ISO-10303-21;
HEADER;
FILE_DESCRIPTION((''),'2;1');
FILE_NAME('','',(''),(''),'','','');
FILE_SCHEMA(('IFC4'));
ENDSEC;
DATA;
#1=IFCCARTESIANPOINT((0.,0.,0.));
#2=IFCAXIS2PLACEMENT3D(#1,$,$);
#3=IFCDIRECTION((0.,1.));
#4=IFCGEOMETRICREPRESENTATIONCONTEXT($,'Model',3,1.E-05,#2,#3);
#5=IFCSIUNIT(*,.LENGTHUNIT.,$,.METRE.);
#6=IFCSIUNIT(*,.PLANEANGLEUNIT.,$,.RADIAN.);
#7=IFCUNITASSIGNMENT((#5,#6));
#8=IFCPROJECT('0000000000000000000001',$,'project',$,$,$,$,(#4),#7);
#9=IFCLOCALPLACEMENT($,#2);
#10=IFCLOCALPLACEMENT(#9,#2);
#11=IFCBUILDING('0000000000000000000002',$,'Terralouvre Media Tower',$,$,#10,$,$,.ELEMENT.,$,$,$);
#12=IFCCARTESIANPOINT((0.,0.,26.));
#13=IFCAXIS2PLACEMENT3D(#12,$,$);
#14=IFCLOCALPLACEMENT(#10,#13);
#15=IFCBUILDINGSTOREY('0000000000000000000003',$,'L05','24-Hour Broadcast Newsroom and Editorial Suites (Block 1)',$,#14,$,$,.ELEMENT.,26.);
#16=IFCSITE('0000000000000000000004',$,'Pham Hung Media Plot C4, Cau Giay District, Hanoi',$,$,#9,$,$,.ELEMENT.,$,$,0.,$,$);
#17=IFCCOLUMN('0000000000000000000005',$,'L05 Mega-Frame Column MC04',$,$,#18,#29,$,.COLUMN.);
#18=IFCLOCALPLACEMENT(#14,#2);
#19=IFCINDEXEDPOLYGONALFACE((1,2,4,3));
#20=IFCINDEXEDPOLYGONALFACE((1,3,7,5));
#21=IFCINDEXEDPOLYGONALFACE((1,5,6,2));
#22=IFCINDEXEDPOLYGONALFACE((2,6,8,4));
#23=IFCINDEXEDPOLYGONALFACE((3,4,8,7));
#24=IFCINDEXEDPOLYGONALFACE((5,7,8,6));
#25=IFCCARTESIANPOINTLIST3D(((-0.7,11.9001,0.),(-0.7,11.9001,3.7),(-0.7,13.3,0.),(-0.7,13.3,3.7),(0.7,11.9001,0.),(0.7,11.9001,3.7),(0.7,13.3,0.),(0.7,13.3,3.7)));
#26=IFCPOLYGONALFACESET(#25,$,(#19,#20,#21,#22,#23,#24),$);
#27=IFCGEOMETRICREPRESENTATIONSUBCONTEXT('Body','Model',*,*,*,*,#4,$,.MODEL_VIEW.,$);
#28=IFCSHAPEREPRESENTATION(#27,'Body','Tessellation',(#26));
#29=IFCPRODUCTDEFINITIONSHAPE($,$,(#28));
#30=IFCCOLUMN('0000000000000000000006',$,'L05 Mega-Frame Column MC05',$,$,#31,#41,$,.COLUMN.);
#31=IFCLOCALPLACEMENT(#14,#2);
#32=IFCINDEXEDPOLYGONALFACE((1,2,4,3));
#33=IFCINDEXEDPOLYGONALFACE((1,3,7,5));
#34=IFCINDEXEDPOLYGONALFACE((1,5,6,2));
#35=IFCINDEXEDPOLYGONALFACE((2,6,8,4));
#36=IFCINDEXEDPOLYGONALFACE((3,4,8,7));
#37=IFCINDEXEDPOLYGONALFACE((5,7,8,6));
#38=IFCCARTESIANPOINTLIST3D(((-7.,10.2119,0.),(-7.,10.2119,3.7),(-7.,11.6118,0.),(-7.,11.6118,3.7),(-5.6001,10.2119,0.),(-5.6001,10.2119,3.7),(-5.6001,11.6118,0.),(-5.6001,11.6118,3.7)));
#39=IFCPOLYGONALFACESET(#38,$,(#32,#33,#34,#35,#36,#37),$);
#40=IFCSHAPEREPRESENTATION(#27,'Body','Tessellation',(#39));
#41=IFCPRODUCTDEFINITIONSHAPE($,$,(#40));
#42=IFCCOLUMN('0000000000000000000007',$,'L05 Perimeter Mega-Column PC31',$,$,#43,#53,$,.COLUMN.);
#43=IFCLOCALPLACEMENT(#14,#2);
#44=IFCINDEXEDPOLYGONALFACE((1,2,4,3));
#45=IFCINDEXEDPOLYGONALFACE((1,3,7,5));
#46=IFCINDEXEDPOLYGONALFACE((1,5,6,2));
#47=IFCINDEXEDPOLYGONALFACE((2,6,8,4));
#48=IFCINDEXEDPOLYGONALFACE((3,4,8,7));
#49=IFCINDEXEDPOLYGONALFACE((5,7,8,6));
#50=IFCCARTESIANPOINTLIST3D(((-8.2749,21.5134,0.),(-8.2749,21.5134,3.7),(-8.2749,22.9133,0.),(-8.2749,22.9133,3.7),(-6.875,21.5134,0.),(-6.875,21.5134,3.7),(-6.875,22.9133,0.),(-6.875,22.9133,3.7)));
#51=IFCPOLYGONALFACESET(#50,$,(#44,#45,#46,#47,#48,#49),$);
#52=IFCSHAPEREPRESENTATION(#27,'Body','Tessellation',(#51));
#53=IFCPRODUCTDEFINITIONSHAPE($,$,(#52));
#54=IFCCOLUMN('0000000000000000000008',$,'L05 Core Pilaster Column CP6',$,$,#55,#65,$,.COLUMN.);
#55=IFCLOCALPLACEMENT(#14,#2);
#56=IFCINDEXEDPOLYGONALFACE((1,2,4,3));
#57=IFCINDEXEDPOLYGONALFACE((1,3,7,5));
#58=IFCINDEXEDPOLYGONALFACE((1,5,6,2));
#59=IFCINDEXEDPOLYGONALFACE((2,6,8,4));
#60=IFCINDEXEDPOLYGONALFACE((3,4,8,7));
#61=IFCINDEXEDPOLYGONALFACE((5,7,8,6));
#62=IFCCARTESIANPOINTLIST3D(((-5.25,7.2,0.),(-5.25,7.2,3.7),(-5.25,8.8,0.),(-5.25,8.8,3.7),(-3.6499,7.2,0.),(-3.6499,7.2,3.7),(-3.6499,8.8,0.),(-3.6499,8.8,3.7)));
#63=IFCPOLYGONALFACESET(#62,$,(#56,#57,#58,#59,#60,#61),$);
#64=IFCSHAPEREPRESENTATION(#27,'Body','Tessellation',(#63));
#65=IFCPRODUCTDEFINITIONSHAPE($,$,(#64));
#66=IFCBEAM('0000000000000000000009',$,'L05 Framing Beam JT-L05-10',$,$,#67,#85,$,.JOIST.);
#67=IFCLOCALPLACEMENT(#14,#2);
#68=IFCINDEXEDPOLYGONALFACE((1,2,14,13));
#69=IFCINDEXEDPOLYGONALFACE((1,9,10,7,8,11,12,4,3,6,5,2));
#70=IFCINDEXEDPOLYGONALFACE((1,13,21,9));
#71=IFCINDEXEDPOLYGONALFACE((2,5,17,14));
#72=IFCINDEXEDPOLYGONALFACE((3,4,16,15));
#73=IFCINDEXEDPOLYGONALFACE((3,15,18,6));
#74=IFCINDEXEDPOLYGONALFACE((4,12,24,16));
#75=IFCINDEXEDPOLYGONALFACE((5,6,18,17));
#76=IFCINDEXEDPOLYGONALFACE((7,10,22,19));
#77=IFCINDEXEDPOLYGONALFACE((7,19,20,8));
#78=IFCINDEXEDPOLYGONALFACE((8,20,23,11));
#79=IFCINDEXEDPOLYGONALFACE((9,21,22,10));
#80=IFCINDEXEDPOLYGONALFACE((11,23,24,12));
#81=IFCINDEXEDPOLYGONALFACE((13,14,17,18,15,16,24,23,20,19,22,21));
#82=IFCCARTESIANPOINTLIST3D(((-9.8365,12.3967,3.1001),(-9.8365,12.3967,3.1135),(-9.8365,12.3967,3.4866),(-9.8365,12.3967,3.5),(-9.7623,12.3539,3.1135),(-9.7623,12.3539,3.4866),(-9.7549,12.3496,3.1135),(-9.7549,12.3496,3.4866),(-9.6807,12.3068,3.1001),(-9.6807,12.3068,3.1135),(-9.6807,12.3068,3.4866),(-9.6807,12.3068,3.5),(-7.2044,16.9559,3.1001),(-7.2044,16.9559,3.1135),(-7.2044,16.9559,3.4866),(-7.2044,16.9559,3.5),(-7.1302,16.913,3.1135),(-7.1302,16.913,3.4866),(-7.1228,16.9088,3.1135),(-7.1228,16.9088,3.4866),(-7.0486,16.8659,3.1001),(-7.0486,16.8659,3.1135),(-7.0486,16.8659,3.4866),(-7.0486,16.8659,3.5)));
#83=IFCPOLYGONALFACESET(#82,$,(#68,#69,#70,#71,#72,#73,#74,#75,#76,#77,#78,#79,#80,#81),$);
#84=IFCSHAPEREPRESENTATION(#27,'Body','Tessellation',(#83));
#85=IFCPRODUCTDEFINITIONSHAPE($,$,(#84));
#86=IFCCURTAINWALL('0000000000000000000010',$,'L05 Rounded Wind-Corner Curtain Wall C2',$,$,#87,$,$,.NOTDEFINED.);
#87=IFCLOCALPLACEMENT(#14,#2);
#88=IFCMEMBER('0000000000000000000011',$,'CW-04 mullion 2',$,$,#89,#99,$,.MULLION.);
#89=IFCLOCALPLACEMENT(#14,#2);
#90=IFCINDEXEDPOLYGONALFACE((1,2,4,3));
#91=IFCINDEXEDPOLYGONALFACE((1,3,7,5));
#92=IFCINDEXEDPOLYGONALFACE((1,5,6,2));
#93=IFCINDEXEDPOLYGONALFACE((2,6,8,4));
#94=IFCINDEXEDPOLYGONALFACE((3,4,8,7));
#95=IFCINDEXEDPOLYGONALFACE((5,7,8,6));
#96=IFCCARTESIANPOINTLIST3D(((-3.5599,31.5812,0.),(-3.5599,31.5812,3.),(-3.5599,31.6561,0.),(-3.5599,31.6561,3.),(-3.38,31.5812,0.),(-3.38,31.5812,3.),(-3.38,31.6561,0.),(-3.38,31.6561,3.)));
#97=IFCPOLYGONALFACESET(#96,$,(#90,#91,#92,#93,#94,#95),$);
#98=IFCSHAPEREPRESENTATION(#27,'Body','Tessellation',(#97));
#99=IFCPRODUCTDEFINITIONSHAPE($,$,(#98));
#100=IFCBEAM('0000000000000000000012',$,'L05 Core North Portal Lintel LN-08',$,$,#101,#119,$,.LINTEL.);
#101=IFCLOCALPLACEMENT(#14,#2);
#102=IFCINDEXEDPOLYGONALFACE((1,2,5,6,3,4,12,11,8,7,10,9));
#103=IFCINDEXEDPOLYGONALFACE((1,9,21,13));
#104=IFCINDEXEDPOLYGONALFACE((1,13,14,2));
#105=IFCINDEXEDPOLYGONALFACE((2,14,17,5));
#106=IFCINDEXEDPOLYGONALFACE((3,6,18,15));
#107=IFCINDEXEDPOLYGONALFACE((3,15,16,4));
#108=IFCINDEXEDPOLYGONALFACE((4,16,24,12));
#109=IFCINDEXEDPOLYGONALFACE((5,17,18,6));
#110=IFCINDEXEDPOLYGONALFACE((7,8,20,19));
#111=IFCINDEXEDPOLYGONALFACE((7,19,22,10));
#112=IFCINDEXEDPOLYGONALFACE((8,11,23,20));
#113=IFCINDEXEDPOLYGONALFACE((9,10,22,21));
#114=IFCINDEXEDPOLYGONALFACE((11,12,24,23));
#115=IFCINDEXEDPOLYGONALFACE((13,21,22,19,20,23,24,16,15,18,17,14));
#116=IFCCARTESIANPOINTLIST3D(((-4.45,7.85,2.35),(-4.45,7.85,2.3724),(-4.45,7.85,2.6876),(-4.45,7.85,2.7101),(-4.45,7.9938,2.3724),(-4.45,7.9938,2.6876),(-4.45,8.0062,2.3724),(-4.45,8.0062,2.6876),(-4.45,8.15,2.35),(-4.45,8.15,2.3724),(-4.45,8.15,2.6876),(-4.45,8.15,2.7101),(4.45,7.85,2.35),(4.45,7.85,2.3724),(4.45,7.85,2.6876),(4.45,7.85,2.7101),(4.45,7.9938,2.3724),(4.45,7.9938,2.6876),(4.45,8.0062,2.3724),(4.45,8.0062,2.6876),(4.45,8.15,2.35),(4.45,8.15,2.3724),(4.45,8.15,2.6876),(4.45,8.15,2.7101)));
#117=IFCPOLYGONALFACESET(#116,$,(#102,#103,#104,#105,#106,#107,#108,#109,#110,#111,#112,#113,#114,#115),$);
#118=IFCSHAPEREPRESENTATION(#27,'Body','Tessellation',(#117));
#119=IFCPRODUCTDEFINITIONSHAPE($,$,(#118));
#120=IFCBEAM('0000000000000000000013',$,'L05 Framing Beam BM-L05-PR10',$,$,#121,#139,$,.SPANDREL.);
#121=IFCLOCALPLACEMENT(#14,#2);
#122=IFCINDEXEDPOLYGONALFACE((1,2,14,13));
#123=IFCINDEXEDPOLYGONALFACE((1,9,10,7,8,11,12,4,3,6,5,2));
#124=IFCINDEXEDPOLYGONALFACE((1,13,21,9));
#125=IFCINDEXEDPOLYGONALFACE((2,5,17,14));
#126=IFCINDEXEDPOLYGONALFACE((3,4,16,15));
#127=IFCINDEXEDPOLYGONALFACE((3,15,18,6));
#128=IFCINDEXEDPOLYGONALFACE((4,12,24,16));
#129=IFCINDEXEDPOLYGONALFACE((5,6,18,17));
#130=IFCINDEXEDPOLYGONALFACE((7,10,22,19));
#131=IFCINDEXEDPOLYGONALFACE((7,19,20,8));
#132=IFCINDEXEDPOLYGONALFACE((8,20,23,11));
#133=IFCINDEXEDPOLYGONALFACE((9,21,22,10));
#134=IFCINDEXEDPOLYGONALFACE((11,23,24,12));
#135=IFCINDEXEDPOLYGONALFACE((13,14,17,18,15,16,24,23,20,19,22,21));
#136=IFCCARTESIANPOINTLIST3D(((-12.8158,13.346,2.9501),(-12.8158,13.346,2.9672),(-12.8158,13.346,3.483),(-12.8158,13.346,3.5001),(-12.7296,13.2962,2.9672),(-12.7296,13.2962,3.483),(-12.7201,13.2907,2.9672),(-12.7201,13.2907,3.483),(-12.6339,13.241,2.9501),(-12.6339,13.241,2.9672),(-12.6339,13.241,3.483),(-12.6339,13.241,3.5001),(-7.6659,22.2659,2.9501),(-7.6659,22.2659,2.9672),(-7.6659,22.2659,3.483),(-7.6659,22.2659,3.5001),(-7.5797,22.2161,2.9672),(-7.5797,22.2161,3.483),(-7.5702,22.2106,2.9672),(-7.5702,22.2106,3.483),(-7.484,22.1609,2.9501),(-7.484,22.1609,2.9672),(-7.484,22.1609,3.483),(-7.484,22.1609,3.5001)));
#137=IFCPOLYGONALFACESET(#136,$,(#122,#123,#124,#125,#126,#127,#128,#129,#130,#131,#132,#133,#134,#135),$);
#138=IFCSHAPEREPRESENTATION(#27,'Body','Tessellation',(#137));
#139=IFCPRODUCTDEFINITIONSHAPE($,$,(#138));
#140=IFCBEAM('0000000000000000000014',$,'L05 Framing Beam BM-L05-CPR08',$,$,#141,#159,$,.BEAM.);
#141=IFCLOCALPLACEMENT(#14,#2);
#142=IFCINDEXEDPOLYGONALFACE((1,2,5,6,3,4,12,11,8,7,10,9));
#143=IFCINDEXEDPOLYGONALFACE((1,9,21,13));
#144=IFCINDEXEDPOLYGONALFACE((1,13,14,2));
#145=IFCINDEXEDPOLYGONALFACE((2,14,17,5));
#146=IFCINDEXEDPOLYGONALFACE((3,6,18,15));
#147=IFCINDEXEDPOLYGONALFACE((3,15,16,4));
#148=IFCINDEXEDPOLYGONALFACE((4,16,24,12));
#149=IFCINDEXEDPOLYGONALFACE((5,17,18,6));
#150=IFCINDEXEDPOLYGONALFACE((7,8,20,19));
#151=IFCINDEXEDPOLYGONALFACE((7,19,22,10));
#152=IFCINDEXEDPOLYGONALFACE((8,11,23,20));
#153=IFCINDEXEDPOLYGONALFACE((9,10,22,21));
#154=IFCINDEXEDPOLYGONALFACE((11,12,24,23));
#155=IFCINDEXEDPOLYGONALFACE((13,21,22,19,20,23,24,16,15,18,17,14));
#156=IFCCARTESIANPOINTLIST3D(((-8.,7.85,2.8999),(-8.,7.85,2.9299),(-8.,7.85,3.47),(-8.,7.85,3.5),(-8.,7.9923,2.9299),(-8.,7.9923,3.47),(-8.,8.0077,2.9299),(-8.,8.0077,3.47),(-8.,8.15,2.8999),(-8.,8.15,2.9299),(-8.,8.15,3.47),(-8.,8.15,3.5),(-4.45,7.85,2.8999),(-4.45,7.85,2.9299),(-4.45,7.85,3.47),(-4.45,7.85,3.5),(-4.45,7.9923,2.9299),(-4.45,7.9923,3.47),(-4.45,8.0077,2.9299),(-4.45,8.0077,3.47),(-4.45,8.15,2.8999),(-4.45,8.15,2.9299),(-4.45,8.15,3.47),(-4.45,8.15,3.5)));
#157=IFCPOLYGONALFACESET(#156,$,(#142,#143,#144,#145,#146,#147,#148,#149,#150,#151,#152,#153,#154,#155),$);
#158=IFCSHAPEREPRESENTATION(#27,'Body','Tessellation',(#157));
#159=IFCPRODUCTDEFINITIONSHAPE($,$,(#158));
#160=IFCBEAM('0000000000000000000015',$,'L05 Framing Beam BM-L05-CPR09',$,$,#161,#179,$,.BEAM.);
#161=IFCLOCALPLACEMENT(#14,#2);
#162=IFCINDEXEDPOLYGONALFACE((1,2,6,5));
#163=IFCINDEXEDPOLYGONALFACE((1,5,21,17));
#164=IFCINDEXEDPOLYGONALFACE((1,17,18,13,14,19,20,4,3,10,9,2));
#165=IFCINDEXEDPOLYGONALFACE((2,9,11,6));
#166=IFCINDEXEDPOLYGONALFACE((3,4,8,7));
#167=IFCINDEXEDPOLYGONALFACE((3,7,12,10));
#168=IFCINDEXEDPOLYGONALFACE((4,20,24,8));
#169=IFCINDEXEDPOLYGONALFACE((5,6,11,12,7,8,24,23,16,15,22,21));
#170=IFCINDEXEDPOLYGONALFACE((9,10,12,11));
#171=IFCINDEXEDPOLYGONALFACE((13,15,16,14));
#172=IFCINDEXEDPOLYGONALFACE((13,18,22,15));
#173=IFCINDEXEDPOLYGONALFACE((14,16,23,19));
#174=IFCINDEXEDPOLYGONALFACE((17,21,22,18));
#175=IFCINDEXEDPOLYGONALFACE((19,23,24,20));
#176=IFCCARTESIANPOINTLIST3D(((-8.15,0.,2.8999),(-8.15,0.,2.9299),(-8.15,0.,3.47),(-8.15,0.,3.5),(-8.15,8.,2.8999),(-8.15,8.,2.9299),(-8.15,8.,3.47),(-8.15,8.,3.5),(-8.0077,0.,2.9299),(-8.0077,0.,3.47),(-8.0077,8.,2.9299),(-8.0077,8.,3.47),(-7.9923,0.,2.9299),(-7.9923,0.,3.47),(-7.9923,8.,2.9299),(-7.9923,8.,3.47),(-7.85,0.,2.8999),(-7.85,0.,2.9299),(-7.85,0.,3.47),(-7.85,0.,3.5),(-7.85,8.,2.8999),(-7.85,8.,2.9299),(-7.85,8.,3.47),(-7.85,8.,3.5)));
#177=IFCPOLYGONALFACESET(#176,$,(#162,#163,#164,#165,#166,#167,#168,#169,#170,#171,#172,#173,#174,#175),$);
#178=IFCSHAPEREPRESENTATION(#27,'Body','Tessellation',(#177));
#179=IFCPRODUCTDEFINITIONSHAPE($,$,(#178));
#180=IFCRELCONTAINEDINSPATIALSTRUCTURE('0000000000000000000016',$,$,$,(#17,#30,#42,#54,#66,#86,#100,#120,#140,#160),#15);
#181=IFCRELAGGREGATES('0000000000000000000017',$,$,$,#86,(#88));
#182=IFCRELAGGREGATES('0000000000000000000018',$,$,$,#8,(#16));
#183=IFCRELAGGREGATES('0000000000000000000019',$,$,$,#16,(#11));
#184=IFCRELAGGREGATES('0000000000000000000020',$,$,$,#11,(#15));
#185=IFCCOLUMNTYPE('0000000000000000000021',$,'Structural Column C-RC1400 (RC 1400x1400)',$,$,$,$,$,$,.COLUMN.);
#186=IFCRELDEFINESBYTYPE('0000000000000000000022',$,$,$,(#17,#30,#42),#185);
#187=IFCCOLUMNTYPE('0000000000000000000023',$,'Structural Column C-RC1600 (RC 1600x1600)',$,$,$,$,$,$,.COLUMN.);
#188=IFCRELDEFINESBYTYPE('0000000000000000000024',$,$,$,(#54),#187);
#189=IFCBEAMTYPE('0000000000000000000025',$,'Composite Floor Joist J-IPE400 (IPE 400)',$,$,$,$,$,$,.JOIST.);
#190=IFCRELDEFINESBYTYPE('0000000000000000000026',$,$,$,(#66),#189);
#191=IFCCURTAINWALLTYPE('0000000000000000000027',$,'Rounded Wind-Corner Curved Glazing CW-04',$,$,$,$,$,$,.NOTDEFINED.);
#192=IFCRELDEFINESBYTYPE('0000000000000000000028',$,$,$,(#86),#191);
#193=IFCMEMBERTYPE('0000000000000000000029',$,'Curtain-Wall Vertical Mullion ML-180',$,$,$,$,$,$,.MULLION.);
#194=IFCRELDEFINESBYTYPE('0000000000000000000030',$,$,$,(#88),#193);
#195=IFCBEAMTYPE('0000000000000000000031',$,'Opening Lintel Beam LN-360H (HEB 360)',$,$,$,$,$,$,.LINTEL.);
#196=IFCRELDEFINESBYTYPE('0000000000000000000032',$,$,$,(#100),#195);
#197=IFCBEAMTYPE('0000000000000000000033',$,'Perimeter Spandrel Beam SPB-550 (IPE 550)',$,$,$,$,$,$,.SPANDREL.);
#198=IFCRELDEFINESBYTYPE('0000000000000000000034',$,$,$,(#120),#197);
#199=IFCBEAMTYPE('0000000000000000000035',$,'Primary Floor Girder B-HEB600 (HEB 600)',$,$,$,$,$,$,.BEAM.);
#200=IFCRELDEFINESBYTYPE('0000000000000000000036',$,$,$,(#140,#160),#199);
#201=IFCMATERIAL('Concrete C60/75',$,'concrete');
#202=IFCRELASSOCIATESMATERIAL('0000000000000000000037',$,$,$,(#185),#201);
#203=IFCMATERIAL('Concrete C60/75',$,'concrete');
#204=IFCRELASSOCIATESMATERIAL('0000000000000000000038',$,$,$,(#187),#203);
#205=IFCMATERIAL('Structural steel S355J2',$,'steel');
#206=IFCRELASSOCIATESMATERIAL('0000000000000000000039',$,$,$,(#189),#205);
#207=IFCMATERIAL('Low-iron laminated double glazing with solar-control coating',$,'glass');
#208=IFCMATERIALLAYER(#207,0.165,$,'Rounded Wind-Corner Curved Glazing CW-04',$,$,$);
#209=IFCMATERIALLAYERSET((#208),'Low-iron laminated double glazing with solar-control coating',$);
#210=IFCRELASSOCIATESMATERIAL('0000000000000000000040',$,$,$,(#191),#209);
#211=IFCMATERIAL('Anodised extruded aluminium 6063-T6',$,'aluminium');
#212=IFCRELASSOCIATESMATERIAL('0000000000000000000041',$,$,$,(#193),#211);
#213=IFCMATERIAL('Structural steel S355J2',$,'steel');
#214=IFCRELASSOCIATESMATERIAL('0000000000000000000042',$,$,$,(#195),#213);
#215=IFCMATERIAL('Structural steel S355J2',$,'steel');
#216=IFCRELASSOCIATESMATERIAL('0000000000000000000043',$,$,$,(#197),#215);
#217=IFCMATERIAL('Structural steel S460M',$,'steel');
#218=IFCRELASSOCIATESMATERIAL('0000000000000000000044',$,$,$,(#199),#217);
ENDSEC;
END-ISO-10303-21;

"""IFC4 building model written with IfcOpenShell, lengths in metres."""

from ifc_helpers import new_model, si_unit, direction, frame, origin, origin_2d, place, context, subcontext, project, spatial, rectangle, i_section, extrude, material, layer, layer_set, material_profile, profile_set, type_object, element, aggregate, save


model = new_model("IFC4")

# Units and contexts
model_context = context("Model", 3, precision=1e-05, world=origin(), true_north=direction((0.0, 1.0)))
body_context = subcontext(model_context, "Body", "Model", "MODEL_VIEW")
ifc_project = project(units=[si_unit("LENGTHUNIT", "METRE"), si_unit("PLANEANGLEUNIT", "RADIAN")], contexts=[model_context])

# Site, building, storey
site_placement = place(None, origin())
site = spatial("IfcSite", under=ifc_project, at=site_placement, Name="Pham Hung Media Plot C4, Cau Giay District, Hanoi", CompositionType="ELEMENT", RefElevation=0.0)
building_placement = place(site_placement, origin())
building = spatial("IfcBuilding", under=site, at=building_placement, Name="Terralouvre Media Tower", CompositionType="ELEMENT")
storey_placement = place(building_placement, frame((0.0, 0.0, 26.0)))
storey = spatial("IfcBuildingStorey", under=building, at=storey_placement, Name="L05", Description="24-Hour Broadcast Newsroom and Editorial Suites (Block 1)", CompositionType="ELEMENT", Elevation=26.0)

# Columns
ifc_material_1 = material(Name="Concrete C60/75", Category="concrete")
ifc_material_profile_1 = material_profile(ifc_material_1, rectangle(XDim=1.3999, YDim=1.3999, at=origin_2d()), Name="RC 1400x1400")
ifc_profile_set_1 = profile_set([ifc_material_profile_1], Name="Concrete C60/75")
column_type_1 = type_object("IfcColumnType", Name="Structural Column C-RC1400 (RC 1400x1400)", PredefinedType="COLUMN", material=ifc_profile_set_1)
for number, where, z_axis, x_axis, name in (
    (1, (0.0, 12.6001, 0.0), (0.0, 0.0, 1.0), (1.0, 0.0, 0.0), "L05 Mega-Frame Column MC04"),
    (2, (-6.3, 10.9119, 0.0), (0.0, 0.0, 1.0), (1.0, 0.0, 0.0), "L05 Mega-Frame Column MC05"),
    (3, (-7.575, 22.2134, 0.0), (0.0, 0.0, 1.0), (1.0, 0.0, 0.0), "L05 Perimeter Mega-Column PC31"),
):
    element("IfcColumn", number, at=place(storey_placement, frame(where, z_axis=z_axis, x_axis=x_axis)), inside=storey, type_object=column_type_1, Name=name, PredefinedType="COLUMN", context=body_context, shape_type="SweptSolid", body=[
        extrude(rectangle(XDim=1.3999, YDim=1.3999, at=origin_2d()), origin(), (0.0, 0.0, 1.0), 3.7),
    ])
ifc_material_2 = material(Name="Concrete C60/75", Category="concrete")
ifc_material_profile_2 = material_profile(ifc_material_2, rectangle(XDim=1.6001, YDim=1.6001, at=origin_2d()), Name="RC 1600x1600")
ifc_profile_set_2 = profile_set([ifc_material_profile_2], Name="Concrete C60/75")
column_type_2 = type_object("IfcColumnType", Name="Structural Column C-RC1600 (RC 1600x1600)", PredefinedType="COLUMN", material=ifc_profile_set_2)
column_placement = place(storey_placement, frame((-4.45, 8.0, 0.0), z_axis=(0.0, 0.0, 1.0), x_axis=(1.0, 0.0, 0.0)))
element("IfcColumn", 4, at=column_placement, inside=storey, type_object=column_type_2, Name="L05 Core Pilaster Column CP6", PredefinedType="COLUMN", context=body_context, shape_type="SweptSolid", body=[
    extrude(rectangle(XDim=1.6001, YDim=1.6001, at=origin_2d()), origin(), (0.0, 0.0, 1.0), 3.7),
])

# Beam
ifc_material_3 = material(Name="Structural steel S355J2", Category="steel")
ifc_material_profile_3 = material_profile(ifc_material_3, i_section(OverallWidth=0.1799, OverallDepth=0.3999, WebThickness=0.0085, FlangeThickness=0.0134, at=origin_2d()), Name="IPE 400")
ifc_profile_set_3 = profile_set([ifc_material_profile_3], Name="Structural steel S355J2")
beam_type_1 = type_object("IfcBeamType", Name="Composite Floor Joist J-IPE400 (IPE 400)", PredefinedType="JOIST", material=ifc_profile_set_3)
beam_1_placement = place(storey_placement, frame((-7.1265, 16.9109, 3.3), z_axis=(-0.499985, -0.866034, 0.0), x_axis=(0.866034, -0.499985, 0.0)))
element("IfcBeam", 5, at=beam_1_placement, inside=storey, type_object=beam_type_1, Name="L05 Framing Beam JT-L05-10", PredefinedType="JOIST", context=body_context, shape_type="SweptSolid", body=[
    extrude(i_section(OverallWidth=0.1799, OverallDepth=0.3999, WebThickness=0.0085, FlangeThickness=0.0134, at=origin_2d()), origin(), (0.0, 0.0, 1.0), 5.2644),
])

# Curtain wall, member
ifc_material_4 = material(Name="Low-iron laminated double glazing with solar-control coating", Category="glass")
ifc_layer_1 = layer(ifc_material_4, 0.165, Name="Rounded Wind-Corner Curved Glazing CW-04")
ifc_layer_set_1 = layer_set([ifc_layer_1], Name="Low-iron laminated double glazing with solar-control coating")
curtain_wall_type = type_object("IfcCurtainWallType", Name="Rounded Wind-Corner Curved Glazing CW-04", PredefinedType="NOTDEFINED", material=ifc_layer_set_1)
curtain_wall_placement = place(storey_placement, origin())
curtain_wall = element("IfcCurtainWall", 6, at=curtain_wall_placement, inside=storey, type_object=curtain_wall_type, Name="L05 Rounded Wind-Corner Curtain Wall C2", PredefinedType="NOTDEFINED")
ifc_material_5 = material(Name="Anodised extruded aluminium 6063-T6", Category="aluminium")
ifc_material_profile_4 = material_profile(ifc_material_5, rectangle(XDim=0.075, YDim=0.1799, at=origin_2d()), Name="ALU 75x180")
ifc_profile_set_4 = profile_set([ifc_material_profile_4], Name="Anodised extruded aluminium 6063-T6")
member_type = type_object("IfcMemberType", Name="Curtain-Wall Vertical Mullion ML-180", PredefinedType="MULLION", material=ifc_profile_set_4)
member_placement = place(storey_placement, frame((-3.47, 31.6187, 0.0), z_axis=(0.0, 0.0, 1.0), x_axis=(0.0, -1.0, 0.0)))
member = element("IfcMember", 7, at=member_placement, type_object=member_type, Name="CW-04 mullion 2", PredefinedType="MULLION", context=body_context, shape_type="SweptSolid", body=[
    extrude(rectangle(XDim=0.075, YDim=0.1799, at=origin_2d()), origin(), (0.0, 0.0, 1.0), 3.0),
])

# Beams
ifc_material_6 = material(Name="Structural steel S355J2", Category="steel")
ifc_material_profile_5 = material_profile(ifc_material_6, i_section(OverallWidth=0.3, OverallDepth=0.3601, WebThickness=0.0125, FlangeThickness=0.0225, at=origin_2d()), Name="HEB 360")
ifc_profile_set_5 = profile_set([ifc_material_profile_5], Name="Structural steel S355J2")
beam_type_2 = type_object("IfcBeamType", Name="Opening Lintel Beam LN-360H (HEB 360)", PredefinedType="LINTEL", material=ifc_profile_set_5)
beam_2_placement = place(storey_placement, frame((-4.45, 8.0, 2.53), z_axis=(1.0, 0.0, 0.0), x_axis=(0.0, 1.0, 0.0)))
element("IfcBeam", 8, at=beam_2_placement, inside=storey, type_object=beam_type_2, Name="L05 Core North Portal Lintel LN-08", PredefinedType="LINTEL", context=body_context, shape_type="SweptSolid", body=[
    extrude(i_section(OverallWidth=0.3, OverallDepth=0.3601, WebThickness=0.0125, FlangeThickness=0.0225, at=origin_2d()), origin(), (0.0, 0.0, 1.0), 8.8999),
])
ifc_material_7 = material(Name="Structural steel S355J2", Category="steel")
ifc_material_profile_6 = material_profile(ifc_material_7, i_section(OverallWidth=0.21, OverallDepth=0.55, WebThickness=0.011, FlangeThickness=0.0171, at=origin_2d()), Name="IPE 550")
ifc_profile_set_6 = profile_set([ifc_material_profile_6], Name="Structural steel S355J2")
beam_type_3 = type_object("IfcBeamType", Name="Perimeter Spandrel Beam SPB-550 (IPE 550)", PredefinedType="SPANDREL", material=ifc_profile_set_6)
beam_3_placement = place(storey_placement, frame((-7.575, 22.2134, 3.2251), z_axis=(-0.499999, -0.866026, 0.0), x_axis=(0.866026, -0.499999, 0.0)))
element("IfcBeam", 9, at=beam_3_placement, inside=storey, type_object=beam_type_3, Name="L05 Framing Beam BM-L05-PR10", PredefinedType="SPANDREL", context=body_context, shape_type="SweptSolid", body=[
    extrude(i_section(OverallWidth=0.21, OverallDepth=0.55, WebThickness=0.011, FlangeThickness=0.0171, at=origin_2d()), origin(), (0.0, 0.0, 1.0), 10.2998),
])
ifc_material_8 = material(Name="Structural steel S460M", Category="steel")
ifc_material_profile_7 = material_profile(ifc_material_8, i_section(OverallWidth=0.3, OverallDepth=0.6001, WebThickness=0.0154, FlangeThickness=0.03, at=origin_2d()), Name="HEB 600")
ifc_profile_set_7 = profile_set([ifc_material_profile_7], Name="Structural steel S460M")
beam_type_4 = type_object("IfcBeamType", Name="Primary Floor Girder B-HEB600 (HEB 600)", PredefinedType="BEAM", material=ifc_profile_set_7)
beam_4_placement = place(storey_placement, frame((-4.45, 8.0, 3.2), z_axis=(-1.0, 0.0, 0.0), x_axis=(0.0, -1.0, 0.0)))
element("IfcBeam", 10, at=beam_4_placement, inside=storey, type_object=beam_type_4, Name="L05 Framing Beam BM-L05-CPR08", PredefinedType="BEAM", context=body_context, shape_type="SweptSolid", body=[
    extrude(i_section(OverallWidth=0.3, OverallDepth=0.6001, WebThickness=0.0154, FlangeThickness=0.03, at=origin_2d()), origin(), (0.0, 0.0, 1.0), 3.55),
])
beam_5_placement = place(storey_placement, frame((-8.0, 8.0, 3.2), z_axis=(0.0, -1.0, 0.0), x_axis=(1.0, 0.0, 0.0)))
element("IfcBeam", 11, at=beam_5_placement, inside=storey, type_object=beam_type_4, Name="L05 Framing Beam BM-L05-CPR09", PredefinedType="BEAM", context=body_context, shape_type="SweptSolid", body=[
    extrude(i_section(OverallWidth=0.3, OverallDepth=0.6001, WebThickness=0.0154, FlangeThickness=0.03, at=origin_2d()), origin(), (0.0, 0.0, 1.0), 8.0),
])

aggregate(curtain_wall, [member])

save(model, "model.ifc")
